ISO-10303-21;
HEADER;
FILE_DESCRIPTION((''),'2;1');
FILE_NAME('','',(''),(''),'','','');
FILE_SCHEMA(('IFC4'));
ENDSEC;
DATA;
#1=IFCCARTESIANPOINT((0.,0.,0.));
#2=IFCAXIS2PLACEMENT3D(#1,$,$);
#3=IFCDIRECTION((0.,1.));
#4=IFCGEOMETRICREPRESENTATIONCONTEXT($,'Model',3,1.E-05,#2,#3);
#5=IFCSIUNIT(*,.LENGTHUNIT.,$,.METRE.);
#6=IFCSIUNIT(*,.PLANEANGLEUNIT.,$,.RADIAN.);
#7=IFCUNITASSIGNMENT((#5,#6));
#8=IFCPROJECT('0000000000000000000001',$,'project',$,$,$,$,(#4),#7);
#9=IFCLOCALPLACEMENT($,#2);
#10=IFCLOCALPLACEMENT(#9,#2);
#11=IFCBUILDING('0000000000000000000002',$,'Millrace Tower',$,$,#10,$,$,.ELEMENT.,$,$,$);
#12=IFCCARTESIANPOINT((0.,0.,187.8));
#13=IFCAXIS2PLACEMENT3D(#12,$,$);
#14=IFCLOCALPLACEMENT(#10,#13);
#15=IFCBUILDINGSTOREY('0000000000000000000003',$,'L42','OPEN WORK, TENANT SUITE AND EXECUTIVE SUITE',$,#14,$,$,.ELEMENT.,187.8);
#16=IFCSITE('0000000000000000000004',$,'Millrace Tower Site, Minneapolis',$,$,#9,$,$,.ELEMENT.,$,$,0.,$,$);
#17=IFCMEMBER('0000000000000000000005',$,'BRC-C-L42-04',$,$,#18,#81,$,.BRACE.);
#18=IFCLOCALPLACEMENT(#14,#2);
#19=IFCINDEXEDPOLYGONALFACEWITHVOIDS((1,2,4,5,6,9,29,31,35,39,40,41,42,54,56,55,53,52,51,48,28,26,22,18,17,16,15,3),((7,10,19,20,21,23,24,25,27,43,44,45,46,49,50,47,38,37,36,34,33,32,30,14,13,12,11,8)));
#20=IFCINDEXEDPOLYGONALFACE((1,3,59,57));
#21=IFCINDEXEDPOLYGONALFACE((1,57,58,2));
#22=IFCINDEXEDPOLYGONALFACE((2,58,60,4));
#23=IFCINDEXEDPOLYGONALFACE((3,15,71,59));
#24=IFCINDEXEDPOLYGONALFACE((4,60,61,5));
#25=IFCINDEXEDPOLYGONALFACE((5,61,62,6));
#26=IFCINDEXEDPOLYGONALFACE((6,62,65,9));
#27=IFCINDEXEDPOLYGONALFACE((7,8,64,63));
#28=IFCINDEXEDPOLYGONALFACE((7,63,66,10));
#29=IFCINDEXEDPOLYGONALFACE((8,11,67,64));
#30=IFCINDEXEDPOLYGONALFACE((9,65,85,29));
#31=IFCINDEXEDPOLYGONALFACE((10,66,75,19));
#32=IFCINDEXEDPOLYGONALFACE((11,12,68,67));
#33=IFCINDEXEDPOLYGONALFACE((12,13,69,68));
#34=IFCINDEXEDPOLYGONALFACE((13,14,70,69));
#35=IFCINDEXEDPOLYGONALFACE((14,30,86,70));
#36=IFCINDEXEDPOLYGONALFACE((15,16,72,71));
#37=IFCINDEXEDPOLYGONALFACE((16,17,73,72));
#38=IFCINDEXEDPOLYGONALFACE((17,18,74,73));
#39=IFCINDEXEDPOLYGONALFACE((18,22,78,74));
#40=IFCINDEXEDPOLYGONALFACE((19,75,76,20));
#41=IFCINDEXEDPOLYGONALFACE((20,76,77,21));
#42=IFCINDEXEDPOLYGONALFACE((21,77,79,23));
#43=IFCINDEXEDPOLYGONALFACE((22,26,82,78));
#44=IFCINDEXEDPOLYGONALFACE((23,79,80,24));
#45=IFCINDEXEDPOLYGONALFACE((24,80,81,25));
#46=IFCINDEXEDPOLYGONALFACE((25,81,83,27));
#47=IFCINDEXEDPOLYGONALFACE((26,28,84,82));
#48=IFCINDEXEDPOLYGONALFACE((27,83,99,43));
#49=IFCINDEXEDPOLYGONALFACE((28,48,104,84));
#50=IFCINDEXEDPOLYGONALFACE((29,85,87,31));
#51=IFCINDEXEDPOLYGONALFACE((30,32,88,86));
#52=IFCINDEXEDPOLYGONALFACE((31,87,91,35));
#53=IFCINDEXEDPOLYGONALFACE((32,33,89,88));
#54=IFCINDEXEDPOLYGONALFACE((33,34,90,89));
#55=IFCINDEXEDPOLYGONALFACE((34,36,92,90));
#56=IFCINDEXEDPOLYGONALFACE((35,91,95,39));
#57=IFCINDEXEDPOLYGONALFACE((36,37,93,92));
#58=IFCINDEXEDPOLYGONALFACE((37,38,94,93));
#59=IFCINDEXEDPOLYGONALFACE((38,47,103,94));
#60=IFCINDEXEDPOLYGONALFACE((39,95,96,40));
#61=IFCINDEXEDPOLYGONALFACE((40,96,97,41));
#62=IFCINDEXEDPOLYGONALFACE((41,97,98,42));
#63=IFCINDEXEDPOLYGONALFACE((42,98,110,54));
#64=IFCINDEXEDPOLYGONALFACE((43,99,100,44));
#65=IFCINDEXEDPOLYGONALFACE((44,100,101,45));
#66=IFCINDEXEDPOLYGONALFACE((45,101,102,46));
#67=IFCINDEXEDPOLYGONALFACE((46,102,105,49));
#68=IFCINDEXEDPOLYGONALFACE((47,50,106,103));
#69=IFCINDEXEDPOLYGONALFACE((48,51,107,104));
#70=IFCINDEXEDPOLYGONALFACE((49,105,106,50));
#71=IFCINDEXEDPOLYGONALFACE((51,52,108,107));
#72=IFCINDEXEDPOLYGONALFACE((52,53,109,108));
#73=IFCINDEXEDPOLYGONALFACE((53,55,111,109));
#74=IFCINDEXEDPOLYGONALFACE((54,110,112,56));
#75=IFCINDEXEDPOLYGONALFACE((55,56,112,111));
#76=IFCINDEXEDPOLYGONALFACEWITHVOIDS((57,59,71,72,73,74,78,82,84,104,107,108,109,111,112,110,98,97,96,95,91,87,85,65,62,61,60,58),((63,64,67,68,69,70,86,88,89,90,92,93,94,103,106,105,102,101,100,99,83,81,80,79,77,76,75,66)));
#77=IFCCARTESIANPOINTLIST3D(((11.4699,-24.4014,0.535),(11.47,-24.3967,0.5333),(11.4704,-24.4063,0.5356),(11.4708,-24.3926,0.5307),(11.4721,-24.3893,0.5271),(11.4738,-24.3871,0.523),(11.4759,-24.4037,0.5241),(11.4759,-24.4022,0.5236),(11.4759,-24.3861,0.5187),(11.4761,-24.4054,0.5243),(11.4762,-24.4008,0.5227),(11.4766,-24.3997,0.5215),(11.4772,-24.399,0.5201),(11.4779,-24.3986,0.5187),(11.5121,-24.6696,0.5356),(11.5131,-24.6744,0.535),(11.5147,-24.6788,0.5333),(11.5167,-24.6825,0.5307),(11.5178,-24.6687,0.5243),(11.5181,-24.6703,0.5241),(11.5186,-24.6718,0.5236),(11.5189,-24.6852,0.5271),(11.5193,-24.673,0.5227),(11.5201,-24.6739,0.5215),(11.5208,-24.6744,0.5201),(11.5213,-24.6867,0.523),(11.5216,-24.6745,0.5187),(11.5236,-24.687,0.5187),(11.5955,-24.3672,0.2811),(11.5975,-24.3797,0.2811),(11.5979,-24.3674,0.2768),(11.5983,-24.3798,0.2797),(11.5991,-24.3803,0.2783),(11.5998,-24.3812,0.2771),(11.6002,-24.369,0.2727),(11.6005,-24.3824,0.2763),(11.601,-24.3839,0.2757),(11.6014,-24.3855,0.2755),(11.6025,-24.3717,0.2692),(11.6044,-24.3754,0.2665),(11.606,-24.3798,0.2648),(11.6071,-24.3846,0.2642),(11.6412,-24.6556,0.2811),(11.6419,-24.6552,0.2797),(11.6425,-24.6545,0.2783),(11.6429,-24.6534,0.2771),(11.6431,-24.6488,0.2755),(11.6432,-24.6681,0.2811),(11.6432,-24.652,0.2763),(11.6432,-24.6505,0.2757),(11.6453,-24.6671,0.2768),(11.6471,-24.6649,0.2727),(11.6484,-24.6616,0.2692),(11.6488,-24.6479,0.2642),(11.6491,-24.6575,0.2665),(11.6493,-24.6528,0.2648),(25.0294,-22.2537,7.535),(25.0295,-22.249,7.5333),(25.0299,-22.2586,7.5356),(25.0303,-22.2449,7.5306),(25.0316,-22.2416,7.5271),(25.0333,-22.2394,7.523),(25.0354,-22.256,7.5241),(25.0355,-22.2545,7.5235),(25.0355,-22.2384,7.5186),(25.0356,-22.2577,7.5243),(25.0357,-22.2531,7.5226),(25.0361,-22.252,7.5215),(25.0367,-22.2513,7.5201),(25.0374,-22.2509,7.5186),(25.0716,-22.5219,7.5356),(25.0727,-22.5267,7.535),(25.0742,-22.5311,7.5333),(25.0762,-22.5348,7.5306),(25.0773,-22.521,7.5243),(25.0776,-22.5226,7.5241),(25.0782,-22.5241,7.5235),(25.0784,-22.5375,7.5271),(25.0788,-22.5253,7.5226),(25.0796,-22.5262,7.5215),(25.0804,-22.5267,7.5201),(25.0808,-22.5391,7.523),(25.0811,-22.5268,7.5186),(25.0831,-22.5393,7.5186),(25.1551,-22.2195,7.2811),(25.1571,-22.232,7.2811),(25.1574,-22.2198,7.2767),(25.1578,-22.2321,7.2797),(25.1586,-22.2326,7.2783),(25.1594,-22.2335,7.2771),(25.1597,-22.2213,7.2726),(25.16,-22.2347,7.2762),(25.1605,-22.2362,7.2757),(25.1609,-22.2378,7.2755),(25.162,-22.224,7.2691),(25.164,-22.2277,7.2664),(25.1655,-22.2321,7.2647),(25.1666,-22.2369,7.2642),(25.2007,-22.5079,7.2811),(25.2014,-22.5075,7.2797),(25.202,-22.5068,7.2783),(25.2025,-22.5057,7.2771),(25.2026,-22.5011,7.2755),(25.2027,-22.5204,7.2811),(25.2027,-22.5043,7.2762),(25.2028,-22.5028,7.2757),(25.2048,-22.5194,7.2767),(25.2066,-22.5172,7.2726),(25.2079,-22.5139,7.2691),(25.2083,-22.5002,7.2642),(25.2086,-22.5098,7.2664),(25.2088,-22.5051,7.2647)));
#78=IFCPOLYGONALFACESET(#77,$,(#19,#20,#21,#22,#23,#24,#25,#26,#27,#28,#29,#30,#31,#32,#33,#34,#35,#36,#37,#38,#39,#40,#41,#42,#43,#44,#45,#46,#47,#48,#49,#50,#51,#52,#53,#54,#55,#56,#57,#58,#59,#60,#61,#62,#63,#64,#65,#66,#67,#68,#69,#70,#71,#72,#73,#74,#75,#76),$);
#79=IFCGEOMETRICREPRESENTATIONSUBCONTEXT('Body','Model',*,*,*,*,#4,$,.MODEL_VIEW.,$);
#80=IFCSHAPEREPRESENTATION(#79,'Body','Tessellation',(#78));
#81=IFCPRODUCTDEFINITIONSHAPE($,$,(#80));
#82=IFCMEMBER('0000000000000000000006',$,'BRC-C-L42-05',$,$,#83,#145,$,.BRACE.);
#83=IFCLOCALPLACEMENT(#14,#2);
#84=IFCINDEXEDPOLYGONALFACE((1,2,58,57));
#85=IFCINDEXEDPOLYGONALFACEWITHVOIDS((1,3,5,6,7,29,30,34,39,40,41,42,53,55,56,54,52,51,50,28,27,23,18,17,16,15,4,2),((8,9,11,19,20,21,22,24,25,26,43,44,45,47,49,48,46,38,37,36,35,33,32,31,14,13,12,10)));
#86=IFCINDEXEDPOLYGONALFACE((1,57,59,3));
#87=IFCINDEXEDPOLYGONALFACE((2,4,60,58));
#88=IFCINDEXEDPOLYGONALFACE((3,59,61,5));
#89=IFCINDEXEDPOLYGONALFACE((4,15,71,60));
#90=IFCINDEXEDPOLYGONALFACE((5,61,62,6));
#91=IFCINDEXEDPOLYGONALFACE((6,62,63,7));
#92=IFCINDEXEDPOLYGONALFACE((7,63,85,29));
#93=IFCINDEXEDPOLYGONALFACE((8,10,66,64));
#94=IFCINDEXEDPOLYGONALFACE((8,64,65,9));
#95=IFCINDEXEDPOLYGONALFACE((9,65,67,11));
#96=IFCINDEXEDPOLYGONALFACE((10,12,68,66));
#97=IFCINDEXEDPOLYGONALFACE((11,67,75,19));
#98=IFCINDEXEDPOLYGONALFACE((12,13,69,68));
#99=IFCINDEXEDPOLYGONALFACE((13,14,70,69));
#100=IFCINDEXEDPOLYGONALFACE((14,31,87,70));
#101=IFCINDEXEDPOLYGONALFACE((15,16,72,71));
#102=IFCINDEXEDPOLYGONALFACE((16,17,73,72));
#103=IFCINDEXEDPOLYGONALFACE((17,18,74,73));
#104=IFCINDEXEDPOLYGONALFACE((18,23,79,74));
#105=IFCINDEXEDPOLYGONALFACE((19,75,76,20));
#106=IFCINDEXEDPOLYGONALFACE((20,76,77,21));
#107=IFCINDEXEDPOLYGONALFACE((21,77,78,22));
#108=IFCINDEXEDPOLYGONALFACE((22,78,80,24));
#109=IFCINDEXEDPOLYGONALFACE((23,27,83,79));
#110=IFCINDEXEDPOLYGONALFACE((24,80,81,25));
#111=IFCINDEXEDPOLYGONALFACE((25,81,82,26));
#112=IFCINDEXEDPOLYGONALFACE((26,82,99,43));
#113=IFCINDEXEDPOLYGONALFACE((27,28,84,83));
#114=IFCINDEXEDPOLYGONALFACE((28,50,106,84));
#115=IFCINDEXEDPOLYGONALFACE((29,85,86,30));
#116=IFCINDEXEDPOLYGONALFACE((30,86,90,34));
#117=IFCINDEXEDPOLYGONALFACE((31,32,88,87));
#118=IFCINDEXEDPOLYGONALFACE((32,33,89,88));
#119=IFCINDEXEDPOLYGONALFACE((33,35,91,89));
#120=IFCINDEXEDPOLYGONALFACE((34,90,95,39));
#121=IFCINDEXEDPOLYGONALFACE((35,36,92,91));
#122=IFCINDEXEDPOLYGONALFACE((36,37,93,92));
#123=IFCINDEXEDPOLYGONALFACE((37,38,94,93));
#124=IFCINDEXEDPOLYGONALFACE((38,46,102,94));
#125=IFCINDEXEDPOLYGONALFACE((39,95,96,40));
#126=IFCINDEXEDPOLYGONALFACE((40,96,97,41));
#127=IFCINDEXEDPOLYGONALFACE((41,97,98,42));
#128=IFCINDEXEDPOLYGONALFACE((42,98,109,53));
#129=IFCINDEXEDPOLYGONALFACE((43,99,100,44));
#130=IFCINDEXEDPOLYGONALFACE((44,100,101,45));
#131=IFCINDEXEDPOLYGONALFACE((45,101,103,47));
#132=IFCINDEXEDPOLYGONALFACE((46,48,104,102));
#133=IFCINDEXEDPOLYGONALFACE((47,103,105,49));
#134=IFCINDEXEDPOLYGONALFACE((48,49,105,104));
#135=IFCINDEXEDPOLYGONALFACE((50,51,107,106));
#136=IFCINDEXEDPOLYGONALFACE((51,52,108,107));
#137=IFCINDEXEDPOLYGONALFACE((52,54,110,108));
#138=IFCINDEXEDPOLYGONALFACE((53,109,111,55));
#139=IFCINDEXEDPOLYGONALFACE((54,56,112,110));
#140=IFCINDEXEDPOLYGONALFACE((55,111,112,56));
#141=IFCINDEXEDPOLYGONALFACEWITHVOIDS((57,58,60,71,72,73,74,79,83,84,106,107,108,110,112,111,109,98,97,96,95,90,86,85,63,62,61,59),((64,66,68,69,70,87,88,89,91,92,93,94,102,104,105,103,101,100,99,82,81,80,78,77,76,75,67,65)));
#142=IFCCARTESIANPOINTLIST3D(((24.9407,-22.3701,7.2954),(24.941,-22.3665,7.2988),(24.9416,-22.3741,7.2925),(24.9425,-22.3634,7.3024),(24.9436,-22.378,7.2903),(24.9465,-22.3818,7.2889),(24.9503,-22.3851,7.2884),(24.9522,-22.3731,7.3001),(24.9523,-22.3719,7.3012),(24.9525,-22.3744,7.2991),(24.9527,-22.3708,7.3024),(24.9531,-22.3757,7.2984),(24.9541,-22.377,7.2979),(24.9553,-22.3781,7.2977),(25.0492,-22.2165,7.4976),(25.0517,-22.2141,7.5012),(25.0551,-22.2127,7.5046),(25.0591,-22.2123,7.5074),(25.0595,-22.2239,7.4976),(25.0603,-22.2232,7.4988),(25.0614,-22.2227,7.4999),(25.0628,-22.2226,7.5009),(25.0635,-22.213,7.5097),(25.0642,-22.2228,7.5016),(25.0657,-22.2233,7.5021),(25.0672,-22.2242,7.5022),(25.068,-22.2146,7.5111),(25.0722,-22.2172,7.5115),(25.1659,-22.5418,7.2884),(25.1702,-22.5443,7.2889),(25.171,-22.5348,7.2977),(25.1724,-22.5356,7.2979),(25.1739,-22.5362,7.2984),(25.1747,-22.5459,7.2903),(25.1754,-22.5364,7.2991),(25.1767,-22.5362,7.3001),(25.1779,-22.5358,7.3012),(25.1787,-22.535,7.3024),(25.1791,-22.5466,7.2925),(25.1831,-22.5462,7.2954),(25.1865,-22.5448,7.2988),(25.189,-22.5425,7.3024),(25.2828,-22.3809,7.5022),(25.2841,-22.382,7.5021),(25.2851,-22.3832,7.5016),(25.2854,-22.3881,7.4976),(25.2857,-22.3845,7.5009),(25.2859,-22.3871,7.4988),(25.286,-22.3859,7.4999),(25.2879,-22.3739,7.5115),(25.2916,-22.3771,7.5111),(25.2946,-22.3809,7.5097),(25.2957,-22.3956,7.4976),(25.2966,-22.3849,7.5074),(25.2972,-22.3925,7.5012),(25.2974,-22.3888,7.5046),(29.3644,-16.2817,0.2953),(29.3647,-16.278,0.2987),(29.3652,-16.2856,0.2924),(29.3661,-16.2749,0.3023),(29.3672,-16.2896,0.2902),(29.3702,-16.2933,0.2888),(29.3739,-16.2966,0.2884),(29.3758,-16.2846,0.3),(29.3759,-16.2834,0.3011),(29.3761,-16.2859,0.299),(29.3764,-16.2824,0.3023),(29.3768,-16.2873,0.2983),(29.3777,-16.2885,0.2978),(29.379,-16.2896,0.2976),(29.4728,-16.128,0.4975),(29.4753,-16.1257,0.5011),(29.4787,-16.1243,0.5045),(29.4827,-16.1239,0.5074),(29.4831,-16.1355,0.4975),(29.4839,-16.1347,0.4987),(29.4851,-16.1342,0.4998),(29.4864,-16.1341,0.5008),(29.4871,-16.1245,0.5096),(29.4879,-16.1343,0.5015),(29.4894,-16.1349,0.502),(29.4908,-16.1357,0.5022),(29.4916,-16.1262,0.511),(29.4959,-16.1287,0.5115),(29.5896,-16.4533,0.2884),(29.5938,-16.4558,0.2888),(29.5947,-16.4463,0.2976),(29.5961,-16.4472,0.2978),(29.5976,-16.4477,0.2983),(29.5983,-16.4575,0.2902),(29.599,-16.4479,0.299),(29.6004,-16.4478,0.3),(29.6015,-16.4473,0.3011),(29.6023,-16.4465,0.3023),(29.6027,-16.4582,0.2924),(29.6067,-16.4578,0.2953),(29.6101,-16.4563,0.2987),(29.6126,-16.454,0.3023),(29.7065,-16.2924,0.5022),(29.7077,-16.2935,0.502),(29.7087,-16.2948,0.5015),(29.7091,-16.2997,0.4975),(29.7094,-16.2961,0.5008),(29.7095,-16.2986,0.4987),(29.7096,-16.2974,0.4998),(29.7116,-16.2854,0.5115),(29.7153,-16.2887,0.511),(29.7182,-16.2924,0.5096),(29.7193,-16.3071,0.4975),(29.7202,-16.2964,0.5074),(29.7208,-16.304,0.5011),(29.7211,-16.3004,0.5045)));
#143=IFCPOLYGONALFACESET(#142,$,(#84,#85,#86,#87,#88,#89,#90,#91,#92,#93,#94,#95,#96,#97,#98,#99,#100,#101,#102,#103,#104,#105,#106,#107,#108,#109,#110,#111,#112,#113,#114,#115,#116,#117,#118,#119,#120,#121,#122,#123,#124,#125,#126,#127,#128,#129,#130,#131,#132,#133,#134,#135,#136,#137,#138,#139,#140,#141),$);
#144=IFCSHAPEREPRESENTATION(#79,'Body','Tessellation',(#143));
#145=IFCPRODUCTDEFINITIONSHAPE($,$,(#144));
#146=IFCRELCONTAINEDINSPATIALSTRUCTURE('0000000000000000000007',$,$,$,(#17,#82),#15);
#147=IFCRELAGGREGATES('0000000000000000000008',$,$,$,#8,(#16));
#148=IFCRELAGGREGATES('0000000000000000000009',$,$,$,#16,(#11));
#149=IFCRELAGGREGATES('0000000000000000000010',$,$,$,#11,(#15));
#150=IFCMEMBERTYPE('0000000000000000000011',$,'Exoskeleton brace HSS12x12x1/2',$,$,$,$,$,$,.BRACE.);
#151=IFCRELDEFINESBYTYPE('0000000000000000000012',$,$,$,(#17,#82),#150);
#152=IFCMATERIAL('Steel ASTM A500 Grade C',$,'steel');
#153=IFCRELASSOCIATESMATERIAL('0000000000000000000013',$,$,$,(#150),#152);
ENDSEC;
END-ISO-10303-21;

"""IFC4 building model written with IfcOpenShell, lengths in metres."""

from ifc_helpers import new_model, si_unit, direction, frame, origin, origin_2d, place, context, subcontext, project, spatial, hollow_rectangle, extrude, material, material_profile, profile_set, type_object, element, save


model = new_model("IFC4")

# Units and contexts
model_context = context("Model", 3, precision=1e-05, world=origin(), true_north=direction((0.0, 1.0)))
body_context = subcontext(model_context, "Body", "Model", "MODEL_VIEW")
ifc_project = project(units=[si_unit("LENGTHUNIT", "METRE"), si_unit("PLANEANGLEUNIT", "RADIAN")], contexts=[model_context])

# Site, building, storey
site_placement = place(None, origin())
site = spatial("IfcSite", under=ifc_project, at=site_placement, Name="Millrace Tower Site, Minneapolis", CompositionType="ELEMENT", RefElevation=0.0)
building_placement = place(site_placement, origin())
building = spatial("IfcBuilding", under=site, at=building_placement, Name="Millrace Tower", CompositionType="ELEMENT")
storey_placement = place(building_placement, frame((0.0, 0.0, 187.8)))
storey = spatial("IfcBuildingStorey", under=building, at=storey_placement, Name="L42", Description="OPEN WORK, TENANT SUITE AND EXECUTIVE SUITE", CompositionType="ELEMENT", Elevation=187.8)

# Members
ifc_material_1 = material(Name="Steel ASTM A500 Grade C", Category="steel")
ifc_material_profile_1 = material_profile(ifc_material_1, hollow_rectangle(XDim=0.3047, YDim=0.3047, WallThickness=0.0127, InnerFilletRadius=0.0063, OuterFilletRadius=0.019, at=origin_2d()))
ifc_profile_set_1 = profile_set([ifc_material_profile_1], Name="Steel ASTM A500 Grade C")
member_type_1 = type_object("IfcMemberType", Name="Exoskeleton brace HSS12x12x1/2", PredefinedType="BRACE", material=ifc_profile_set_1)
member_1_placement = place(storey_placement, frame((11.5596, -24.5271, 0.3999), z_axis=(0.879908, 0.139369, 0.454244), x_axis=(-0.15644, 0.987687, 0.0)))
element("IfcMember", 1, at=member_1_placement, inside=storey, type_object=member_type_1, Name="BRC-C-L42-04", PredefinedType="BRACE", context=body_context, shape_type="SweptSolid", body=[
    extrude(hollow_rectangle(XDim=0.3047, YDim=0.3047, WallThickness=0.0127, InnerFilletRadius=0.0063, OuterFilletRadius=0.019, at=origin_2d()), origin(), (0.0, 0.0, 1.0), 15.4102),
])
member_2_placement = place(storey_placement, frame((29.5427, -16.291, 0.3999), z_axis=(-0.430395, -0.592372, 0.681069), x_axis=(0.80901, -0.587795, 0.0)))
element("IfcMember", 2, at=member_2_placement, inside=storey, type_object=member_type_1, Name="BRC-C-L42-05", PredefinedType="BRACE", context=body_context, shape_type="SweptSolid", body=[
    extrude(hollow_rectangle(XDim=0.3047, YDim=0.3047, WallThickness=0.0127, InnerFilletRadius=0.0063, OuterFilletRadius=0.019, at=origin_2d()), origin(), (0.0, 0.0, 1.0), 10.2781),
])

save(model, "model.ifc")
